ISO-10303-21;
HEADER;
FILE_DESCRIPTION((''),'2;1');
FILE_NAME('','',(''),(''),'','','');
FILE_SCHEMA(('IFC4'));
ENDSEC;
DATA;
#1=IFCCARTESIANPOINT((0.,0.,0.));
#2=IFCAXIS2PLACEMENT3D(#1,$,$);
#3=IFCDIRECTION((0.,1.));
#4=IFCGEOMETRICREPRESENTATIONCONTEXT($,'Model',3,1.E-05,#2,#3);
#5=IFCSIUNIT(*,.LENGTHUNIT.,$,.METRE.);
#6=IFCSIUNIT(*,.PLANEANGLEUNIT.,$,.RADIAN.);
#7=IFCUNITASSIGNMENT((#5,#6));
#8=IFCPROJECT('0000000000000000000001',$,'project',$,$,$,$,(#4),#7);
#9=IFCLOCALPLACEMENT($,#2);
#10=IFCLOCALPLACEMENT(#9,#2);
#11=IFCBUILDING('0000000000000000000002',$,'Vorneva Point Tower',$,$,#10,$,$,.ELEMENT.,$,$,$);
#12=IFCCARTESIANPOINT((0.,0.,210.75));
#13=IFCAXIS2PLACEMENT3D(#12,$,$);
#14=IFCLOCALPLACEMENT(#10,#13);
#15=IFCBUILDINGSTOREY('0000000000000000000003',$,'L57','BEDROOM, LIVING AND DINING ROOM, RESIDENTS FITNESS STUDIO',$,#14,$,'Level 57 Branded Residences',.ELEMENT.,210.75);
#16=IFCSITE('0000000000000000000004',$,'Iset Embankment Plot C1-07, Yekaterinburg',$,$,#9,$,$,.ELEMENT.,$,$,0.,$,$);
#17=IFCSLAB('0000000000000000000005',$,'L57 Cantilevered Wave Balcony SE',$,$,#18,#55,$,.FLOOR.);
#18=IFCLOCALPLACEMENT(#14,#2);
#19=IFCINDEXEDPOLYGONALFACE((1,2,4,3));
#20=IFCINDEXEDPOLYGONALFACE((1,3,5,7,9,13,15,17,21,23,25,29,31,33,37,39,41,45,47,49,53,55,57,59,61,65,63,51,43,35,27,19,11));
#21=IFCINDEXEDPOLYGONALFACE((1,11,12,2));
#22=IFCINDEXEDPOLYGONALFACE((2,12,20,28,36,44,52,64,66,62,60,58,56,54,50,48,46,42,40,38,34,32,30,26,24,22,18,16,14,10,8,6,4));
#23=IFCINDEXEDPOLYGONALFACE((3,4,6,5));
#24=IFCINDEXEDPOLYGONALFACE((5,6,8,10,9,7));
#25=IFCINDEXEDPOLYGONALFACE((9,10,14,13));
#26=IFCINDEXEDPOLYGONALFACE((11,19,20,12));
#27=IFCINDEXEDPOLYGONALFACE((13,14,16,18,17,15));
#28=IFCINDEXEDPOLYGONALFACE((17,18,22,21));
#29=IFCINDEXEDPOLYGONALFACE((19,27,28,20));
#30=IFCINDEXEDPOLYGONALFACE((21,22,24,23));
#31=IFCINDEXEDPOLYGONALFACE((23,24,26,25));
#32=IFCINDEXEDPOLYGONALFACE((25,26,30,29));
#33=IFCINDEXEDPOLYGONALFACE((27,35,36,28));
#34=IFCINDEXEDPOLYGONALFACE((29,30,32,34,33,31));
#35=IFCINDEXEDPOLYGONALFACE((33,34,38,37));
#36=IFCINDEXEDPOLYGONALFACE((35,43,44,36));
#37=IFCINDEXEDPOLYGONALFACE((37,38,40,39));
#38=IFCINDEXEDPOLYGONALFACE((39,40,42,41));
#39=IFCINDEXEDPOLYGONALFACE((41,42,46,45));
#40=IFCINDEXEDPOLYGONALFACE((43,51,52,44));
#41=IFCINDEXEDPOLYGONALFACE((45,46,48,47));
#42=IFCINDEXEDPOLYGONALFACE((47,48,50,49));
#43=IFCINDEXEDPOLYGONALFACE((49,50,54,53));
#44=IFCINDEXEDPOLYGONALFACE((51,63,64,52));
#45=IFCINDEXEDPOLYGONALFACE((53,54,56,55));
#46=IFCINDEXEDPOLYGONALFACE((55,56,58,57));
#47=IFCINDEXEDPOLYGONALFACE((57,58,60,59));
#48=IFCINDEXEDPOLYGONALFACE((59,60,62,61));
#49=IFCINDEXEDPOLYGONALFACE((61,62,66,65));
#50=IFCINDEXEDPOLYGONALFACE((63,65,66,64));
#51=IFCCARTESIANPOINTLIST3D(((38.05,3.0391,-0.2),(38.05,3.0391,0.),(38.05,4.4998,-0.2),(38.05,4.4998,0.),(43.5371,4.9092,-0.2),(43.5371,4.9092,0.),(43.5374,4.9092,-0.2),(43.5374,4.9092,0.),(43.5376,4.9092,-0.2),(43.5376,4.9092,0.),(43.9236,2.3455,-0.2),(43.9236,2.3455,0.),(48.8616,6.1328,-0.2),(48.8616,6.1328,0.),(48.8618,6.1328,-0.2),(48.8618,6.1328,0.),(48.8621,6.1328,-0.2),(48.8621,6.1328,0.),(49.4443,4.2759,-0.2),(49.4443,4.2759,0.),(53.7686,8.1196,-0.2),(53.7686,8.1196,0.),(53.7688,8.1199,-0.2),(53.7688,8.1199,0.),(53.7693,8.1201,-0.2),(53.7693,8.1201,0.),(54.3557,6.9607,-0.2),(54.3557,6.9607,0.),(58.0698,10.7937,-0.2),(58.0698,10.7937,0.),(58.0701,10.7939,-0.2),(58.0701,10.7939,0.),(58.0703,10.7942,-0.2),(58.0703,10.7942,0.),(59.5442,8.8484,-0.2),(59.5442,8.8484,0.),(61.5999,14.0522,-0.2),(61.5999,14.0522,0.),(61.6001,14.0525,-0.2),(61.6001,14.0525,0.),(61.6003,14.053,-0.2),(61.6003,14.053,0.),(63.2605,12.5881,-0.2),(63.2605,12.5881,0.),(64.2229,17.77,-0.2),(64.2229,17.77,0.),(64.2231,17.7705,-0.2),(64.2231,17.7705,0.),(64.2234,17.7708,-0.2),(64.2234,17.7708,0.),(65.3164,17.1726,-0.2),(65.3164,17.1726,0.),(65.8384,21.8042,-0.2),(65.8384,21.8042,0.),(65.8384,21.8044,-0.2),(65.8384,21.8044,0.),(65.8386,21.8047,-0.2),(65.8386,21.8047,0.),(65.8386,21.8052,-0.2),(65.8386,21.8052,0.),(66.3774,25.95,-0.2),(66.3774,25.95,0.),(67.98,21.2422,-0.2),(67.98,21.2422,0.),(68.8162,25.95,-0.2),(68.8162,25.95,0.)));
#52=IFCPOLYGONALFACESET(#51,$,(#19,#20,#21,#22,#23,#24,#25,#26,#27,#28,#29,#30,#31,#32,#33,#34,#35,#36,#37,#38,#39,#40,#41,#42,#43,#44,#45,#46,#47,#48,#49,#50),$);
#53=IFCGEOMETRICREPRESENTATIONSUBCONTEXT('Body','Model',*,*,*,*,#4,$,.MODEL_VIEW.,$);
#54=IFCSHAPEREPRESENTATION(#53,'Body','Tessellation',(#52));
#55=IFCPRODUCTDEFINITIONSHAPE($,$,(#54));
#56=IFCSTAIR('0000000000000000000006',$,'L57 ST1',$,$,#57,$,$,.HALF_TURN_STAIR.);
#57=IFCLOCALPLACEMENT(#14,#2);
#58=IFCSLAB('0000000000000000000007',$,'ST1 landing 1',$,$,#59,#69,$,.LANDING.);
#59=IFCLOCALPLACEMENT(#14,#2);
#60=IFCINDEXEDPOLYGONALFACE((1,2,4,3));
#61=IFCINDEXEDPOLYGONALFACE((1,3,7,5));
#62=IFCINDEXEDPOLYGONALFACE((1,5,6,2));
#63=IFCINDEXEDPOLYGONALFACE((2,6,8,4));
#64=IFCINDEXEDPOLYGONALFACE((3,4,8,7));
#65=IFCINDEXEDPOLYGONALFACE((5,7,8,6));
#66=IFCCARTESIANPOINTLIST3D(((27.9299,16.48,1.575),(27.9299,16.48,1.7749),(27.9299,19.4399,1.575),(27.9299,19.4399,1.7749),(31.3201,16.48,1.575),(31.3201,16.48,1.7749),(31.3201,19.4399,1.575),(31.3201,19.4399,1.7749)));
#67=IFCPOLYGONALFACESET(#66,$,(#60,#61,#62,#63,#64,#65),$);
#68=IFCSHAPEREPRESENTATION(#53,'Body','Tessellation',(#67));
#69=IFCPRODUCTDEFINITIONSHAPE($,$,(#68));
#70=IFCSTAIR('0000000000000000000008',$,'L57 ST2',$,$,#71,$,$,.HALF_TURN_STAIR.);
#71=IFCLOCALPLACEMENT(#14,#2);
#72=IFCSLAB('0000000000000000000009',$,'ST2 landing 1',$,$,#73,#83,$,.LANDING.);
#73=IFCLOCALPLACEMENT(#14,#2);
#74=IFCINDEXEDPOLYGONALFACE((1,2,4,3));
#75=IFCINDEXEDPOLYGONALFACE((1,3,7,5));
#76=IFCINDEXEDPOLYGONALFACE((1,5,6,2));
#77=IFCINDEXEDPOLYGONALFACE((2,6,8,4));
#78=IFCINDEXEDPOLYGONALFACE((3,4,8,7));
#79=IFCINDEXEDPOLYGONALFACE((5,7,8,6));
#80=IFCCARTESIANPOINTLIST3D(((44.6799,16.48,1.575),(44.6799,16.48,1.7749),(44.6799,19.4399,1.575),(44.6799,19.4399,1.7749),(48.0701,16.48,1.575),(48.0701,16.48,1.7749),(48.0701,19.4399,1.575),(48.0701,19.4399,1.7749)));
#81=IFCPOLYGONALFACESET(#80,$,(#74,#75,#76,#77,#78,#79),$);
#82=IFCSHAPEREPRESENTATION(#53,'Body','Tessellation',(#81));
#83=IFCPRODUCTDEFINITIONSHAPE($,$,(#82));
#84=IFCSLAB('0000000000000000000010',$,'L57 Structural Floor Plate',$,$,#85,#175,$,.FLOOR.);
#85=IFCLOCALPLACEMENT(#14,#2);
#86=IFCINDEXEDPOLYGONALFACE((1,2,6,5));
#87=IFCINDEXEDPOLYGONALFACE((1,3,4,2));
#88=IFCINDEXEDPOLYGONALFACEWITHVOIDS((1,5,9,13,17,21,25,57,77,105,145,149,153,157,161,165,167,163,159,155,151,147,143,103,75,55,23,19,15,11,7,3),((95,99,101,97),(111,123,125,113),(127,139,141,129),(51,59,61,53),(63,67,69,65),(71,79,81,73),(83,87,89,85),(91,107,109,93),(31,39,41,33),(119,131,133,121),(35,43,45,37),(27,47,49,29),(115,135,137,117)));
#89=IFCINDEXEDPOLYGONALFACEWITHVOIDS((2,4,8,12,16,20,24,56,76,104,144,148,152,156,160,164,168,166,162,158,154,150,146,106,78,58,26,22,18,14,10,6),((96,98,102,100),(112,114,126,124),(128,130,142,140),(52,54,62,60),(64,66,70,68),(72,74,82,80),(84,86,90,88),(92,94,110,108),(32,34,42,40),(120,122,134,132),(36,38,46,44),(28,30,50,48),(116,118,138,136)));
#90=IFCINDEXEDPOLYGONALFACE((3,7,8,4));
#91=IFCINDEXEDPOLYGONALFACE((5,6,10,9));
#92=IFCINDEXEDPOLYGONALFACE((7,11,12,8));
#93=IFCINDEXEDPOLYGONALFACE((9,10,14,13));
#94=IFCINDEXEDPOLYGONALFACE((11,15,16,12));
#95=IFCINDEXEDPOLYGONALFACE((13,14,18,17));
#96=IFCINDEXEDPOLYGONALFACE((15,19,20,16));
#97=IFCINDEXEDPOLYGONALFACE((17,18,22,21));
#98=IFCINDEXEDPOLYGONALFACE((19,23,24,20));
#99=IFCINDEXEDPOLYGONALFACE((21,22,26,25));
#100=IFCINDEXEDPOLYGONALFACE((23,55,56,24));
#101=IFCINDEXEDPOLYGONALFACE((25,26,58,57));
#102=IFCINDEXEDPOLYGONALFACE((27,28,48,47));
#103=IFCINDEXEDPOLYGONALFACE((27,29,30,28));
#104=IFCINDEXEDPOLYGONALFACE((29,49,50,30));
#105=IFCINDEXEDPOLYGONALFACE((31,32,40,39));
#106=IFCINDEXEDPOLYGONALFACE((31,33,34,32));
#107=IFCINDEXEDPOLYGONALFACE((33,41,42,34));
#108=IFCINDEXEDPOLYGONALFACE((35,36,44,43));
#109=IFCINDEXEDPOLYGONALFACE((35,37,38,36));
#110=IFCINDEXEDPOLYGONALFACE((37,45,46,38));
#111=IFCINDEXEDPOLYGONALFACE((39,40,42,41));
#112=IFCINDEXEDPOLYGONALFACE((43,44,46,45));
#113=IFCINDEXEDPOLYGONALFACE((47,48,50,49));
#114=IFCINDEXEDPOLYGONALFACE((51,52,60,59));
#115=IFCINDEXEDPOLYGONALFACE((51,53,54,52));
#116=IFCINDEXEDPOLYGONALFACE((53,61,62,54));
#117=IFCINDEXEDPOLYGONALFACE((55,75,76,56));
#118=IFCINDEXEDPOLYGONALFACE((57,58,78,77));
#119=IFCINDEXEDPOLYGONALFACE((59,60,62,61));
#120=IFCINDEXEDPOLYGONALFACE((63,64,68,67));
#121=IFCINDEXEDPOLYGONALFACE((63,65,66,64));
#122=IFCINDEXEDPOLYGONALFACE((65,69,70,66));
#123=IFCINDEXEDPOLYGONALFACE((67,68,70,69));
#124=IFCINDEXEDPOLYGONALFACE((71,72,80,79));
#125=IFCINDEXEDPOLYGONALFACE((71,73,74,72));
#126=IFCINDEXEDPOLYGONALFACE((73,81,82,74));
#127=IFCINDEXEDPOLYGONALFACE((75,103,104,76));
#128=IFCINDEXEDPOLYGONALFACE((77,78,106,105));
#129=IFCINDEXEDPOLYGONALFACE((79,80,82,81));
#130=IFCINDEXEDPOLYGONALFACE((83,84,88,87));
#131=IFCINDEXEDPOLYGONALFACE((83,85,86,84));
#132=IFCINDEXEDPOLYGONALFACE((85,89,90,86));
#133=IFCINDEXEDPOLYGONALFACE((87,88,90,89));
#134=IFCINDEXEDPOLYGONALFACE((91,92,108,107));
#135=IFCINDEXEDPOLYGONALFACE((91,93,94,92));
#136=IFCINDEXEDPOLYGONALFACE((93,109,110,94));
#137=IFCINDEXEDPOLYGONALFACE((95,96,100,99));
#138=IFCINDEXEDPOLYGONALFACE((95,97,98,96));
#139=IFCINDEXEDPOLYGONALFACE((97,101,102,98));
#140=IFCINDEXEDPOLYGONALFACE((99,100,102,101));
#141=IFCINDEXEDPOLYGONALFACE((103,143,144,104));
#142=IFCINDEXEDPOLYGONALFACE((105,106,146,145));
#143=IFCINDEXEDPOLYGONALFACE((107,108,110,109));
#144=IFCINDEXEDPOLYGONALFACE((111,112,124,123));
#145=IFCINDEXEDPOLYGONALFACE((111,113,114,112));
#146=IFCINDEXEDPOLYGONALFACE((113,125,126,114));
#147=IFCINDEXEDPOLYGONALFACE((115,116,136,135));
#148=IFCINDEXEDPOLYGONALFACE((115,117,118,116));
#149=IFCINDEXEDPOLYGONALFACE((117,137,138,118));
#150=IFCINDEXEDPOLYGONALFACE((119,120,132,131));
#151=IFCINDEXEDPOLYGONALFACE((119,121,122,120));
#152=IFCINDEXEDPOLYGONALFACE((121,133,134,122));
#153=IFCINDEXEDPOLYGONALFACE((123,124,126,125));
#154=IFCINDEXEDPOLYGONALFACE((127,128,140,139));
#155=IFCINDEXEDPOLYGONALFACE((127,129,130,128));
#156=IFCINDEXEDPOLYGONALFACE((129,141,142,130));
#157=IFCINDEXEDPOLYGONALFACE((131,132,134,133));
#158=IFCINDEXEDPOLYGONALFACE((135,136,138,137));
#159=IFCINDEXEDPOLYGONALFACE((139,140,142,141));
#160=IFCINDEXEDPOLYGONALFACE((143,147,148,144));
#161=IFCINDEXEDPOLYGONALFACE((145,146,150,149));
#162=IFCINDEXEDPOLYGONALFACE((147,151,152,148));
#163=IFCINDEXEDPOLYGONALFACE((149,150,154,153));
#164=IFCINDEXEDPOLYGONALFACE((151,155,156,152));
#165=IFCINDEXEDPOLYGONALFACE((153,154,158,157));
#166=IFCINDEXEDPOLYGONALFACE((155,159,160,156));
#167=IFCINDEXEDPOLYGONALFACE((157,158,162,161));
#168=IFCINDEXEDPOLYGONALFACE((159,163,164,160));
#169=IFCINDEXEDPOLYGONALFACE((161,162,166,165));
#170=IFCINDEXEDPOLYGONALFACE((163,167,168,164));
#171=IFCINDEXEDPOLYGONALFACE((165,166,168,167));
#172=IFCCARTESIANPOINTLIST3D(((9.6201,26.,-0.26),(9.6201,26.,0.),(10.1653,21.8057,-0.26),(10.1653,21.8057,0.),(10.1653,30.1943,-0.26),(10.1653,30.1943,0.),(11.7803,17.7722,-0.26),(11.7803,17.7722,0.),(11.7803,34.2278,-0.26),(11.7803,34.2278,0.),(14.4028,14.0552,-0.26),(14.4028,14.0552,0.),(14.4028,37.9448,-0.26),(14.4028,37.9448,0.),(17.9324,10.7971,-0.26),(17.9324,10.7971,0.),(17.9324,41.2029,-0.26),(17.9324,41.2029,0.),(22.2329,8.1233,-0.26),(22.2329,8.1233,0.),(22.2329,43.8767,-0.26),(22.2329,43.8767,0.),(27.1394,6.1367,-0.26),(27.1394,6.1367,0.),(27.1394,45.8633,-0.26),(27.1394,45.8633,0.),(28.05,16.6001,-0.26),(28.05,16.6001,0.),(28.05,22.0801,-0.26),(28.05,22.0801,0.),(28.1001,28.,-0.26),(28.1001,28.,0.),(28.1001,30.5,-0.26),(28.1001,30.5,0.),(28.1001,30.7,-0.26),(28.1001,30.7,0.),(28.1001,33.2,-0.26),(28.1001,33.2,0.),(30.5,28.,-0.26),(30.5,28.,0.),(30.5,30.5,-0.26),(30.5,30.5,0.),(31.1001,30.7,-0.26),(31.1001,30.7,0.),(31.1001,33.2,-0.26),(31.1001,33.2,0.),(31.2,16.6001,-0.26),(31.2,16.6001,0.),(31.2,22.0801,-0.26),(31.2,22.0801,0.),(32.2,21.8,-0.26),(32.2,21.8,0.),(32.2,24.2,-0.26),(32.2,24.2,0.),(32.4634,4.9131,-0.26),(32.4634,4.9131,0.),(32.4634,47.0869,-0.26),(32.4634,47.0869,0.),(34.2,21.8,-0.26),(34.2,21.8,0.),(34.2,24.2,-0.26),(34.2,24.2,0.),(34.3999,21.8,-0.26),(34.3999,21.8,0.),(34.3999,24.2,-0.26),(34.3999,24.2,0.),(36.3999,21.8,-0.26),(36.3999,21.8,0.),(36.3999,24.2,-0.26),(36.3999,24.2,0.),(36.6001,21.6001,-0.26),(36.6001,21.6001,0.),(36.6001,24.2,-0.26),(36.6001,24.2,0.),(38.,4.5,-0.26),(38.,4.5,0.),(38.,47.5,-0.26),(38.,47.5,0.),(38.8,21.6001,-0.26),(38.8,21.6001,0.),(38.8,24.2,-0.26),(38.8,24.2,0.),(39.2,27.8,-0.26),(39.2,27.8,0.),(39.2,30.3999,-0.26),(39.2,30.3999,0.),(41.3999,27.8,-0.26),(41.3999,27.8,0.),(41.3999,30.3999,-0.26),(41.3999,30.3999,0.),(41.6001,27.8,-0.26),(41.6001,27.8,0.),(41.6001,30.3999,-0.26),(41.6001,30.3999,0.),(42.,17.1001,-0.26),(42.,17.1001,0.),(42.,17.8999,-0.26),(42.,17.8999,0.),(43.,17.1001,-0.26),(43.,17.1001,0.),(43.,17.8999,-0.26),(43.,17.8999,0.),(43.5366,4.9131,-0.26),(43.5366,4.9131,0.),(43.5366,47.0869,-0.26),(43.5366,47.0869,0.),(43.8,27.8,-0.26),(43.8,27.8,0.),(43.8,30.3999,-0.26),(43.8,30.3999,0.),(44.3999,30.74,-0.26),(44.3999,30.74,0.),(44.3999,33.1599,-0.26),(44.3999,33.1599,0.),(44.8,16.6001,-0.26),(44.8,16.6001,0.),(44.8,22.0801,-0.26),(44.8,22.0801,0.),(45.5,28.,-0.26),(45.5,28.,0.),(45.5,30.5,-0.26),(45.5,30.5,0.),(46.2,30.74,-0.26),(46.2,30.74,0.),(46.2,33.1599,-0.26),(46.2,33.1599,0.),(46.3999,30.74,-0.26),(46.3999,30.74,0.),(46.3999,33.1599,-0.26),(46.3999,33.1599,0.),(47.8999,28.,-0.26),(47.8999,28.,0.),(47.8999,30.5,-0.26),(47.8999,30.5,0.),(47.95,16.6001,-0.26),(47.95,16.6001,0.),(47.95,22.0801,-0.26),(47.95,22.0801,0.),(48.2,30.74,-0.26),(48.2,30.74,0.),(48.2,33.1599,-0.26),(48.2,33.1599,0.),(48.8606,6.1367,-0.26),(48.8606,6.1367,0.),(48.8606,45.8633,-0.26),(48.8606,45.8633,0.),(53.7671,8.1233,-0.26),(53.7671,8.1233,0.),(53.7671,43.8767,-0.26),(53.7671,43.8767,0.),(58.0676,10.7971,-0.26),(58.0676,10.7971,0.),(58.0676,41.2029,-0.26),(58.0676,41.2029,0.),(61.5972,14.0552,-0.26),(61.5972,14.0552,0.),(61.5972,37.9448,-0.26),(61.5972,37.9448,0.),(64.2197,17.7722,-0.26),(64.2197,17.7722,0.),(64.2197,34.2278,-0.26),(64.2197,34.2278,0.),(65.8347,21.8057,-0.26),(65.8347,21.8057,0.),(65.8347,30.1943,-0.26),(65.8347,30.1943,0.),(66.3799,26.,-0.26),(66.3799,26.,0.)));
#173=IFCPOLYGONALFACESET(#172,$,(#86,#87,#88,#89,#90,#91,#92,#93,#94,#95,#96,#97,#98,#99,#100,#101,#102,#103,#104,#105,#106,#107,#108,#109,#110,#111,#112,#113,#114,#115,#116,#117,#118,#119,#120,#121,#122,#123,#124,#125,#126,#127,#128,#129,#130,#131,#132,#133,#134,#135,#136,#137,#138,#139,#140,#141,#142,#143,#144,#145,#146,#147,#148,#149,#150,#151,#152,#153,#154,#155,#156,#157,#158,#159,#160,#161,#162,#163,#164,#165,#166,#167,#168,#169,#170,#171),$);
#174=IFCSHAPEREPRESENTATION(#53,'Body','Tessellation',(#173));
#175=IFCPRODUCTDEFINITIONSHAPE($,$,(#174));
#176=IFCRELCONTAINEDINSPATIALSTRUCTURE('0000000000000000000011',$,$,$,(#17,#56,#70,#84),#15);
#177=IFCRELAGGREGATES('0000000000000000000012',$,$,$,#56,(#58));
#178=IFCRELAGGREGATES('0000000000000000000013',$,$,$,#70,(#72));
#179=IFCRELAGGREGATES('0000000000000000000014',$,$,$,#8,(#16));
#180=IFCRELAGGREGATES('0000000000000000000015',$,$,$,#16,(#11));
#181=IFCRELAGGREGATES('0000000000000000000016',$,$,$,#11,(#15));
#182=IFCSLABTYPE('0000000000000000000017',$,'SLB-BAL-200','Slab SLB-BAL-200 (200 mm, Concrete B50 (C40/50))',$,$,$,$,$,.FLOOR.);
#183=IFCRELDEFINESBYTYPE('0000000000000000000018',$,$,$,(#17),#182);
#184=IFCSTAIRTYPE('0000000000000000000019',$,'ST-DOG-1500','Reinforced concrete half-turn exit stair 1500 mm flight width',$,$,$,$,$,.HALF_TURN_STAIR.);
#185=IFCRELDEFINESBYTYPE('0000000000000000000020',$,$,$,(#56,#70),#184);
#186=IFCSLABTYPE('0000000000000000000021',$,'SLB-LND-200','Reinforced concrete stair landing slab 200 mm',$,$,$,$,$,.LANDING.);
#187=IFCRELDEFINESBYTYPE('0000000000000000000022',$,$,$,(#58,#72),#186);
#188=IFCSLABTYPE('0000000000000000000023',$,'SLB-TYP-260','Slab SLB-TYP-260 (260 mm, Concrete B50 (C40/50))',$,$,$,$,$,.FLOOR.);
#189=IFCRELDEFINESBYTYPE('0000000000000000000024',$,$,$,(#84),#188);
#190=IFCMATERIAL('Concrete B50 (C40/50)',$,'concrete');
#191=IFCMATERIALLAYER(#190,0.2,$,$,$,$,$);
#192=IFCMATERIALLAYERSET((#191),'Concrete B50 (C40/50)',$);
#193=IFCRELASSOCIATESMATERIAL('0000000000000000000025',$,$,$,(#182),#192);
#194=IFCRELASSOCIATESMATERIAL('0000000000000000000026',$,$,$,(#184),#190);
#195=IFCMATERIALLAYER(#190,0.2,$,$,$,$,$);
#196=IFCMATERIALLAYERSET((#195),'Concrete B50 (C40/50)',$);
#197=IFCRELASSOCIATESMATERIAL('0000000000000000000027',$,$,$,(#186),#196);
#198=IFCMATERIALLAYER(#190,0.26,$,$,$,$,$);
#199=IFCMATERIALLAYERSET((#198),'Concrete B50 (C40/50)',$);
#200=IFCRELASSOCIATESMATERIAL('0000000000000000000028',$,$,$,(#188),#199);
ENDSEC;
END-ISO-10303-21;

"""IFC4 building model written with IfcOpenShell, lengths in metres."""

from ifc_helpers import new_model, si_unit, direction, frame, origin, place, context, subcontext, project, spatial, polyline, outline, extrude, material, layer, layer_set, type_object, element, aggregate, save


model = new_model("IFC4")

# Units and contexts
model_context = context("Model", 3, precision=1e-05, world=origin(), true_north=direction((0.0, 1.0)))
body_context = subcontext(model_context, "Body", "Model", "MODEL_VIEW")
ifc_project = project(units=[si_unit("LENGTHUNIT", "METRE"), si_unit("PLANEANGLEUNIT", "RADIAN")], contexts=[model_context])

# Site, building, storey
site_placement = place(None, origin())
site = spatial("IfcSite", under=ifc_project, at=site_placement, Name="Iset Embankment Plot C1-07, Yekaterinburg", CompositionType="ELEMENT", RefElevation=0.0)
building_placement = place(site_placement, origin())
building = spatial("IfcBuilding", under=site, at=building_placement, Name="Vorneva Point Tower", CompositionType="ELEMENT")
storey_placement = place(building_placement, frame((0.0, 0.0, 210.75)))
storey = spatial("IfcBuildingStorey", under=building, at=storey_placement, Name="L57", Description="BEDROOM, LIVING AND DINING ROOM, RESIDENTS FITNESS STUDIO", LongName="Level 57 Branded Residences", CompositionType="ELEMENT", Elevation=210.75)

# Shared definitions
ifc_material_1 = material(Name="Concrete B50 (C40/50)", Category="concrete")

# Slab
ifc_layer_1 = layer(ifc_material_1, 0.2)
ifc_layer_set_1 = layer_set([ifc_layer_1], Name="Concrete B50 (C40/50)")
slab_type_1 = type_object("IfcSlabType", Name="SLB-BAL-200", Description="Slab SLB-BAL-200 (200 mm, Concrete B50 (C40/50))", PredefinedType="FLOOR", material=ifc_layer_set_1)
slab_1_placement = place(storey_placement, frame((0.0, 0.0, -0.2)))
element("IfcSlab", 1, at=slab_1_placement, inside=storey, type_object=slab_type_1, Name="L57 Cantilevered Wave Balcony SE", PredefinedType="FLOOR", context=body_context, shape_type="SweptSolid", body=[
    extrude(outline(polyline([(67.98, 21.2422), (68.8162, 25.95), (66.3774, 25.95), (65.8386, 21.8052), (65.8386, 21.8047), (65.8384, 21.8044), (65.8384, 21.8042), (64.2234, 17.7708), (64.2231, 17.7705), (64.2229, 17.77), (61.6003, 14.053), (61.6001, 14.0525), (61.5999, 14.0522), (58.0703, 10.7942), (58.0701, 10.7939), (58.0698, 10.7937), (53.7693, 8.1201), (53.7688, 8.1199), (53.7686, 8.1196), (48.8621, 6.1328), (48.8618, 6.1328), (48.8616, 6.1328), (43.5376, 4.9092), (43.5374, 4.9092), (43.5371, 4.9092), (38.05, 4.4998), (38.05, 3.0391), (43.9236, 2.3455), (49.4443, 4.2759), (54.3557, 6.9607), (59.5442, 8.8484), (63.2605, 12.5881), (65.3164, 17.1726), (67.98, 21.2422)])), origin(), (0.0, 0.0, 1.0), 0.2),
])

# Stairs, slabs
stair_type = type_object("IfcStairType", Name="ST-DOG-1500", Description="Reinforced concrete half-turn exit stair 1500 mm flight width", PredefinedType="HALF_TURN_STAIR", material=ifc_material_1)
stair_1_placement = place(storey_placement, origin())
stair_1 = element("IfcStair", 2, at=stair_1_placement, inside=storey, type_object=stair_type, Name="L57 ST1", PredefinedType="HALF_TURN_STAIR")
ifc_layer_2 = layer(ifc_material_1, 0.2)
ifc_layer_set_2 = layer_set([ifc_layer_2], Name="Concrete B50 (C40/50)")
slab_type_2 = type_object("IfcSlabType", Name="SLB-LND-200", Description="Reinforced concrete stair landing slab 200 mm", PredefinedType="LANDING", material=ifc_layer_set_2)
slab_2_placement = place(storey_placement, frame((0.0, 0.0, 1.575)))
slab_2 = element("IfcSlab", 3, at=slab_2_placement, type_object=slab_type_2, Name="ST1 landing 1", PredefinedType="LANDING", context=body_context, shape_type="SweptSolid", body=[
    extrude(outline(polyline([(27.9299, 16.48), (31.3201, 16.48), (31.3201, 19.4399), (27.9299, 19.4399), (27.9299, 16.48)])), origin(), (0.0, 0.0, 1.0), 0.2),
])
aggregate(stair_1, [slab_2])
stair_2_placement = place(storey_placement, origin())
stair_2 = element("IfcStair", 4, at=stair_2_placement, inside=storey, type_object=stair_type, Name="L57 ST2", PredefinedType="HALF_TURN_STAIR")
slab_3_placement = place(storey_placement, frame((0.0, 0.0, 1.575)))
slab_3 = element("IfcSlab", 5, at=slab_3_placement, type_object=slab_type_2, Name="ST2 landing 1", PredefinedType="LANDING", context=body_context, shape_type="SweptSolid", body=[
    extrude(outline(polyline([(44.6799, 16.48), (48.0701, 16.48), (48.0701, 19.4399), (44.6799, 19.4399), (44.6799, 16.48)])), origin(), (0.0, 0.0, 1.0), 0.2),
])
aggregate(stair_2, [slab_3])

# Slab
ifc_layer_3 = layer(ifc_material_1, 0.26)
ifc_layer_set_3 = layer_set([ifc_layer_3], Name="Concrete B50 (C40/50)")
slab_type_3 = type_object("IfcSlabType", Name="SLB-TYP-260", Description="Slab SLB-TYP-260 (260 mm, Concrete B50 (C40/50))", PredefinedType="FLOOR", material=ifc_layer_set_3)
slab_4_placement = place(storey_placement, frame((0.0, 0.0, -0.26)))
element("IfcSlab", 6, at=slab_4_placement, inside=storey, type_object=slab_type_3, Name="L57 Structural Floor Plate", PredefinedType="FLOOR", context=body_context, shape_type="SweptSolid", body=[
    extrude(outline(polyline([(66.3799, 26.0), (65.8347, 30.1943), (64.2197, 34.2278), (61.5972, 37.9448), (58.0676, 41.2029), (53.7671, 43.8767), (48.8606, 45.8633), (43.5366, 47.0869), (38.0, 47.5), (32.4634, 47.0869), (27.1394, 45.8633), (22.2329, 43.8767), (17.9324, 41.2029), (14.4028, 37.9448), (11.7803, 34.2278), (10.1653, 30.1943), (9.6201, 26.0), (10.1653, 21.8057), (11.7803, 17.7722), (14.4028, 14.0552), (17.9324, 10.7971), (22.2329, 8.1233), (27.1394, 6.1367), (32.4634, 4.9131), (38.0, 4.5), (43.5366, 4.9131), (48.8606, 6.1367), (53.7671, 8.1233), (58.0676, 10.7971), (61.5972, 14.0552), (64.2197, 17.7722), (65.8347, 21.8057), (66.3799, 26.0)]), holes=[polyline([(32.2, 21.8), (34.2, 21.8), (34.2, 24.2), (32.2, 24.2), (32.2, 21.8)]), polyline([(34.3999, 21.8), (36.3999, 21.8), (36.3999, 24.2), (34.3999, 24.2), (34.3999, 21.8)]), polyline([(36.6001, 21.6001), (38.8, 21.6001), (38.8, 24.2), (36.6001, 24.2), (36.6001, 21.6001)]), polyline([(39.2, 27.8), (41.3999, 27.8), (41.3999, 30.3999), (39.2, 30.3999), (39.2, 27.8)]), polyline([(41.6001, 27.8), (43.8, 27.8), (43.8, 30.3999), (41.6001, 30.3999), (41.6001, 27.8)]), polyline([(44.3999, 30.74), (46.2, 30.74), (46.2, 33.1599), (44.3999, 33.1599), (44.3999, 30.74)]), polyline([(46.3999, 30.74), (48.2, 30.74), (48.2, 33.1599), (46.3999, 33.1599), (46.3999, 30.74)]), polyline([(28.1001, 28.0), (30.5, 28.0), (30.5, 30.5), (28.1001, 30.5), (28.1001, 28.0)]), polyline([(45.5, 28.0), (47.8999, 28.0), (47.8999, 30.5), (45.5, 30.5), (45.5, 28.0)]), polyline([(28.1001, 30.7), (31.1001, 30.7), (31.1001, 33.2), (28.1001, 33.2), (28.1001, 30.7)]), polyline([(28.05, 16.6001), (31.2, 16.6001), (31.2, 22.0801), (28.05, 22.0801), (28.05, 16.6001)]), polyline([(44.8, 16.6001), (47.95, 16.6001), (47.95, 22.0801), (44.8, 22.0801), (44.8, 16.6001)]), polyline([(42.0, 17.1001), (43.0, 17.1001), (43.0, 17.8999), (42.0, 17.8999), (42.0, 17.1001)])]), origin(), (0.0, 0.0, 1.0), 0.26),
])

save(model, "model.ifc")
